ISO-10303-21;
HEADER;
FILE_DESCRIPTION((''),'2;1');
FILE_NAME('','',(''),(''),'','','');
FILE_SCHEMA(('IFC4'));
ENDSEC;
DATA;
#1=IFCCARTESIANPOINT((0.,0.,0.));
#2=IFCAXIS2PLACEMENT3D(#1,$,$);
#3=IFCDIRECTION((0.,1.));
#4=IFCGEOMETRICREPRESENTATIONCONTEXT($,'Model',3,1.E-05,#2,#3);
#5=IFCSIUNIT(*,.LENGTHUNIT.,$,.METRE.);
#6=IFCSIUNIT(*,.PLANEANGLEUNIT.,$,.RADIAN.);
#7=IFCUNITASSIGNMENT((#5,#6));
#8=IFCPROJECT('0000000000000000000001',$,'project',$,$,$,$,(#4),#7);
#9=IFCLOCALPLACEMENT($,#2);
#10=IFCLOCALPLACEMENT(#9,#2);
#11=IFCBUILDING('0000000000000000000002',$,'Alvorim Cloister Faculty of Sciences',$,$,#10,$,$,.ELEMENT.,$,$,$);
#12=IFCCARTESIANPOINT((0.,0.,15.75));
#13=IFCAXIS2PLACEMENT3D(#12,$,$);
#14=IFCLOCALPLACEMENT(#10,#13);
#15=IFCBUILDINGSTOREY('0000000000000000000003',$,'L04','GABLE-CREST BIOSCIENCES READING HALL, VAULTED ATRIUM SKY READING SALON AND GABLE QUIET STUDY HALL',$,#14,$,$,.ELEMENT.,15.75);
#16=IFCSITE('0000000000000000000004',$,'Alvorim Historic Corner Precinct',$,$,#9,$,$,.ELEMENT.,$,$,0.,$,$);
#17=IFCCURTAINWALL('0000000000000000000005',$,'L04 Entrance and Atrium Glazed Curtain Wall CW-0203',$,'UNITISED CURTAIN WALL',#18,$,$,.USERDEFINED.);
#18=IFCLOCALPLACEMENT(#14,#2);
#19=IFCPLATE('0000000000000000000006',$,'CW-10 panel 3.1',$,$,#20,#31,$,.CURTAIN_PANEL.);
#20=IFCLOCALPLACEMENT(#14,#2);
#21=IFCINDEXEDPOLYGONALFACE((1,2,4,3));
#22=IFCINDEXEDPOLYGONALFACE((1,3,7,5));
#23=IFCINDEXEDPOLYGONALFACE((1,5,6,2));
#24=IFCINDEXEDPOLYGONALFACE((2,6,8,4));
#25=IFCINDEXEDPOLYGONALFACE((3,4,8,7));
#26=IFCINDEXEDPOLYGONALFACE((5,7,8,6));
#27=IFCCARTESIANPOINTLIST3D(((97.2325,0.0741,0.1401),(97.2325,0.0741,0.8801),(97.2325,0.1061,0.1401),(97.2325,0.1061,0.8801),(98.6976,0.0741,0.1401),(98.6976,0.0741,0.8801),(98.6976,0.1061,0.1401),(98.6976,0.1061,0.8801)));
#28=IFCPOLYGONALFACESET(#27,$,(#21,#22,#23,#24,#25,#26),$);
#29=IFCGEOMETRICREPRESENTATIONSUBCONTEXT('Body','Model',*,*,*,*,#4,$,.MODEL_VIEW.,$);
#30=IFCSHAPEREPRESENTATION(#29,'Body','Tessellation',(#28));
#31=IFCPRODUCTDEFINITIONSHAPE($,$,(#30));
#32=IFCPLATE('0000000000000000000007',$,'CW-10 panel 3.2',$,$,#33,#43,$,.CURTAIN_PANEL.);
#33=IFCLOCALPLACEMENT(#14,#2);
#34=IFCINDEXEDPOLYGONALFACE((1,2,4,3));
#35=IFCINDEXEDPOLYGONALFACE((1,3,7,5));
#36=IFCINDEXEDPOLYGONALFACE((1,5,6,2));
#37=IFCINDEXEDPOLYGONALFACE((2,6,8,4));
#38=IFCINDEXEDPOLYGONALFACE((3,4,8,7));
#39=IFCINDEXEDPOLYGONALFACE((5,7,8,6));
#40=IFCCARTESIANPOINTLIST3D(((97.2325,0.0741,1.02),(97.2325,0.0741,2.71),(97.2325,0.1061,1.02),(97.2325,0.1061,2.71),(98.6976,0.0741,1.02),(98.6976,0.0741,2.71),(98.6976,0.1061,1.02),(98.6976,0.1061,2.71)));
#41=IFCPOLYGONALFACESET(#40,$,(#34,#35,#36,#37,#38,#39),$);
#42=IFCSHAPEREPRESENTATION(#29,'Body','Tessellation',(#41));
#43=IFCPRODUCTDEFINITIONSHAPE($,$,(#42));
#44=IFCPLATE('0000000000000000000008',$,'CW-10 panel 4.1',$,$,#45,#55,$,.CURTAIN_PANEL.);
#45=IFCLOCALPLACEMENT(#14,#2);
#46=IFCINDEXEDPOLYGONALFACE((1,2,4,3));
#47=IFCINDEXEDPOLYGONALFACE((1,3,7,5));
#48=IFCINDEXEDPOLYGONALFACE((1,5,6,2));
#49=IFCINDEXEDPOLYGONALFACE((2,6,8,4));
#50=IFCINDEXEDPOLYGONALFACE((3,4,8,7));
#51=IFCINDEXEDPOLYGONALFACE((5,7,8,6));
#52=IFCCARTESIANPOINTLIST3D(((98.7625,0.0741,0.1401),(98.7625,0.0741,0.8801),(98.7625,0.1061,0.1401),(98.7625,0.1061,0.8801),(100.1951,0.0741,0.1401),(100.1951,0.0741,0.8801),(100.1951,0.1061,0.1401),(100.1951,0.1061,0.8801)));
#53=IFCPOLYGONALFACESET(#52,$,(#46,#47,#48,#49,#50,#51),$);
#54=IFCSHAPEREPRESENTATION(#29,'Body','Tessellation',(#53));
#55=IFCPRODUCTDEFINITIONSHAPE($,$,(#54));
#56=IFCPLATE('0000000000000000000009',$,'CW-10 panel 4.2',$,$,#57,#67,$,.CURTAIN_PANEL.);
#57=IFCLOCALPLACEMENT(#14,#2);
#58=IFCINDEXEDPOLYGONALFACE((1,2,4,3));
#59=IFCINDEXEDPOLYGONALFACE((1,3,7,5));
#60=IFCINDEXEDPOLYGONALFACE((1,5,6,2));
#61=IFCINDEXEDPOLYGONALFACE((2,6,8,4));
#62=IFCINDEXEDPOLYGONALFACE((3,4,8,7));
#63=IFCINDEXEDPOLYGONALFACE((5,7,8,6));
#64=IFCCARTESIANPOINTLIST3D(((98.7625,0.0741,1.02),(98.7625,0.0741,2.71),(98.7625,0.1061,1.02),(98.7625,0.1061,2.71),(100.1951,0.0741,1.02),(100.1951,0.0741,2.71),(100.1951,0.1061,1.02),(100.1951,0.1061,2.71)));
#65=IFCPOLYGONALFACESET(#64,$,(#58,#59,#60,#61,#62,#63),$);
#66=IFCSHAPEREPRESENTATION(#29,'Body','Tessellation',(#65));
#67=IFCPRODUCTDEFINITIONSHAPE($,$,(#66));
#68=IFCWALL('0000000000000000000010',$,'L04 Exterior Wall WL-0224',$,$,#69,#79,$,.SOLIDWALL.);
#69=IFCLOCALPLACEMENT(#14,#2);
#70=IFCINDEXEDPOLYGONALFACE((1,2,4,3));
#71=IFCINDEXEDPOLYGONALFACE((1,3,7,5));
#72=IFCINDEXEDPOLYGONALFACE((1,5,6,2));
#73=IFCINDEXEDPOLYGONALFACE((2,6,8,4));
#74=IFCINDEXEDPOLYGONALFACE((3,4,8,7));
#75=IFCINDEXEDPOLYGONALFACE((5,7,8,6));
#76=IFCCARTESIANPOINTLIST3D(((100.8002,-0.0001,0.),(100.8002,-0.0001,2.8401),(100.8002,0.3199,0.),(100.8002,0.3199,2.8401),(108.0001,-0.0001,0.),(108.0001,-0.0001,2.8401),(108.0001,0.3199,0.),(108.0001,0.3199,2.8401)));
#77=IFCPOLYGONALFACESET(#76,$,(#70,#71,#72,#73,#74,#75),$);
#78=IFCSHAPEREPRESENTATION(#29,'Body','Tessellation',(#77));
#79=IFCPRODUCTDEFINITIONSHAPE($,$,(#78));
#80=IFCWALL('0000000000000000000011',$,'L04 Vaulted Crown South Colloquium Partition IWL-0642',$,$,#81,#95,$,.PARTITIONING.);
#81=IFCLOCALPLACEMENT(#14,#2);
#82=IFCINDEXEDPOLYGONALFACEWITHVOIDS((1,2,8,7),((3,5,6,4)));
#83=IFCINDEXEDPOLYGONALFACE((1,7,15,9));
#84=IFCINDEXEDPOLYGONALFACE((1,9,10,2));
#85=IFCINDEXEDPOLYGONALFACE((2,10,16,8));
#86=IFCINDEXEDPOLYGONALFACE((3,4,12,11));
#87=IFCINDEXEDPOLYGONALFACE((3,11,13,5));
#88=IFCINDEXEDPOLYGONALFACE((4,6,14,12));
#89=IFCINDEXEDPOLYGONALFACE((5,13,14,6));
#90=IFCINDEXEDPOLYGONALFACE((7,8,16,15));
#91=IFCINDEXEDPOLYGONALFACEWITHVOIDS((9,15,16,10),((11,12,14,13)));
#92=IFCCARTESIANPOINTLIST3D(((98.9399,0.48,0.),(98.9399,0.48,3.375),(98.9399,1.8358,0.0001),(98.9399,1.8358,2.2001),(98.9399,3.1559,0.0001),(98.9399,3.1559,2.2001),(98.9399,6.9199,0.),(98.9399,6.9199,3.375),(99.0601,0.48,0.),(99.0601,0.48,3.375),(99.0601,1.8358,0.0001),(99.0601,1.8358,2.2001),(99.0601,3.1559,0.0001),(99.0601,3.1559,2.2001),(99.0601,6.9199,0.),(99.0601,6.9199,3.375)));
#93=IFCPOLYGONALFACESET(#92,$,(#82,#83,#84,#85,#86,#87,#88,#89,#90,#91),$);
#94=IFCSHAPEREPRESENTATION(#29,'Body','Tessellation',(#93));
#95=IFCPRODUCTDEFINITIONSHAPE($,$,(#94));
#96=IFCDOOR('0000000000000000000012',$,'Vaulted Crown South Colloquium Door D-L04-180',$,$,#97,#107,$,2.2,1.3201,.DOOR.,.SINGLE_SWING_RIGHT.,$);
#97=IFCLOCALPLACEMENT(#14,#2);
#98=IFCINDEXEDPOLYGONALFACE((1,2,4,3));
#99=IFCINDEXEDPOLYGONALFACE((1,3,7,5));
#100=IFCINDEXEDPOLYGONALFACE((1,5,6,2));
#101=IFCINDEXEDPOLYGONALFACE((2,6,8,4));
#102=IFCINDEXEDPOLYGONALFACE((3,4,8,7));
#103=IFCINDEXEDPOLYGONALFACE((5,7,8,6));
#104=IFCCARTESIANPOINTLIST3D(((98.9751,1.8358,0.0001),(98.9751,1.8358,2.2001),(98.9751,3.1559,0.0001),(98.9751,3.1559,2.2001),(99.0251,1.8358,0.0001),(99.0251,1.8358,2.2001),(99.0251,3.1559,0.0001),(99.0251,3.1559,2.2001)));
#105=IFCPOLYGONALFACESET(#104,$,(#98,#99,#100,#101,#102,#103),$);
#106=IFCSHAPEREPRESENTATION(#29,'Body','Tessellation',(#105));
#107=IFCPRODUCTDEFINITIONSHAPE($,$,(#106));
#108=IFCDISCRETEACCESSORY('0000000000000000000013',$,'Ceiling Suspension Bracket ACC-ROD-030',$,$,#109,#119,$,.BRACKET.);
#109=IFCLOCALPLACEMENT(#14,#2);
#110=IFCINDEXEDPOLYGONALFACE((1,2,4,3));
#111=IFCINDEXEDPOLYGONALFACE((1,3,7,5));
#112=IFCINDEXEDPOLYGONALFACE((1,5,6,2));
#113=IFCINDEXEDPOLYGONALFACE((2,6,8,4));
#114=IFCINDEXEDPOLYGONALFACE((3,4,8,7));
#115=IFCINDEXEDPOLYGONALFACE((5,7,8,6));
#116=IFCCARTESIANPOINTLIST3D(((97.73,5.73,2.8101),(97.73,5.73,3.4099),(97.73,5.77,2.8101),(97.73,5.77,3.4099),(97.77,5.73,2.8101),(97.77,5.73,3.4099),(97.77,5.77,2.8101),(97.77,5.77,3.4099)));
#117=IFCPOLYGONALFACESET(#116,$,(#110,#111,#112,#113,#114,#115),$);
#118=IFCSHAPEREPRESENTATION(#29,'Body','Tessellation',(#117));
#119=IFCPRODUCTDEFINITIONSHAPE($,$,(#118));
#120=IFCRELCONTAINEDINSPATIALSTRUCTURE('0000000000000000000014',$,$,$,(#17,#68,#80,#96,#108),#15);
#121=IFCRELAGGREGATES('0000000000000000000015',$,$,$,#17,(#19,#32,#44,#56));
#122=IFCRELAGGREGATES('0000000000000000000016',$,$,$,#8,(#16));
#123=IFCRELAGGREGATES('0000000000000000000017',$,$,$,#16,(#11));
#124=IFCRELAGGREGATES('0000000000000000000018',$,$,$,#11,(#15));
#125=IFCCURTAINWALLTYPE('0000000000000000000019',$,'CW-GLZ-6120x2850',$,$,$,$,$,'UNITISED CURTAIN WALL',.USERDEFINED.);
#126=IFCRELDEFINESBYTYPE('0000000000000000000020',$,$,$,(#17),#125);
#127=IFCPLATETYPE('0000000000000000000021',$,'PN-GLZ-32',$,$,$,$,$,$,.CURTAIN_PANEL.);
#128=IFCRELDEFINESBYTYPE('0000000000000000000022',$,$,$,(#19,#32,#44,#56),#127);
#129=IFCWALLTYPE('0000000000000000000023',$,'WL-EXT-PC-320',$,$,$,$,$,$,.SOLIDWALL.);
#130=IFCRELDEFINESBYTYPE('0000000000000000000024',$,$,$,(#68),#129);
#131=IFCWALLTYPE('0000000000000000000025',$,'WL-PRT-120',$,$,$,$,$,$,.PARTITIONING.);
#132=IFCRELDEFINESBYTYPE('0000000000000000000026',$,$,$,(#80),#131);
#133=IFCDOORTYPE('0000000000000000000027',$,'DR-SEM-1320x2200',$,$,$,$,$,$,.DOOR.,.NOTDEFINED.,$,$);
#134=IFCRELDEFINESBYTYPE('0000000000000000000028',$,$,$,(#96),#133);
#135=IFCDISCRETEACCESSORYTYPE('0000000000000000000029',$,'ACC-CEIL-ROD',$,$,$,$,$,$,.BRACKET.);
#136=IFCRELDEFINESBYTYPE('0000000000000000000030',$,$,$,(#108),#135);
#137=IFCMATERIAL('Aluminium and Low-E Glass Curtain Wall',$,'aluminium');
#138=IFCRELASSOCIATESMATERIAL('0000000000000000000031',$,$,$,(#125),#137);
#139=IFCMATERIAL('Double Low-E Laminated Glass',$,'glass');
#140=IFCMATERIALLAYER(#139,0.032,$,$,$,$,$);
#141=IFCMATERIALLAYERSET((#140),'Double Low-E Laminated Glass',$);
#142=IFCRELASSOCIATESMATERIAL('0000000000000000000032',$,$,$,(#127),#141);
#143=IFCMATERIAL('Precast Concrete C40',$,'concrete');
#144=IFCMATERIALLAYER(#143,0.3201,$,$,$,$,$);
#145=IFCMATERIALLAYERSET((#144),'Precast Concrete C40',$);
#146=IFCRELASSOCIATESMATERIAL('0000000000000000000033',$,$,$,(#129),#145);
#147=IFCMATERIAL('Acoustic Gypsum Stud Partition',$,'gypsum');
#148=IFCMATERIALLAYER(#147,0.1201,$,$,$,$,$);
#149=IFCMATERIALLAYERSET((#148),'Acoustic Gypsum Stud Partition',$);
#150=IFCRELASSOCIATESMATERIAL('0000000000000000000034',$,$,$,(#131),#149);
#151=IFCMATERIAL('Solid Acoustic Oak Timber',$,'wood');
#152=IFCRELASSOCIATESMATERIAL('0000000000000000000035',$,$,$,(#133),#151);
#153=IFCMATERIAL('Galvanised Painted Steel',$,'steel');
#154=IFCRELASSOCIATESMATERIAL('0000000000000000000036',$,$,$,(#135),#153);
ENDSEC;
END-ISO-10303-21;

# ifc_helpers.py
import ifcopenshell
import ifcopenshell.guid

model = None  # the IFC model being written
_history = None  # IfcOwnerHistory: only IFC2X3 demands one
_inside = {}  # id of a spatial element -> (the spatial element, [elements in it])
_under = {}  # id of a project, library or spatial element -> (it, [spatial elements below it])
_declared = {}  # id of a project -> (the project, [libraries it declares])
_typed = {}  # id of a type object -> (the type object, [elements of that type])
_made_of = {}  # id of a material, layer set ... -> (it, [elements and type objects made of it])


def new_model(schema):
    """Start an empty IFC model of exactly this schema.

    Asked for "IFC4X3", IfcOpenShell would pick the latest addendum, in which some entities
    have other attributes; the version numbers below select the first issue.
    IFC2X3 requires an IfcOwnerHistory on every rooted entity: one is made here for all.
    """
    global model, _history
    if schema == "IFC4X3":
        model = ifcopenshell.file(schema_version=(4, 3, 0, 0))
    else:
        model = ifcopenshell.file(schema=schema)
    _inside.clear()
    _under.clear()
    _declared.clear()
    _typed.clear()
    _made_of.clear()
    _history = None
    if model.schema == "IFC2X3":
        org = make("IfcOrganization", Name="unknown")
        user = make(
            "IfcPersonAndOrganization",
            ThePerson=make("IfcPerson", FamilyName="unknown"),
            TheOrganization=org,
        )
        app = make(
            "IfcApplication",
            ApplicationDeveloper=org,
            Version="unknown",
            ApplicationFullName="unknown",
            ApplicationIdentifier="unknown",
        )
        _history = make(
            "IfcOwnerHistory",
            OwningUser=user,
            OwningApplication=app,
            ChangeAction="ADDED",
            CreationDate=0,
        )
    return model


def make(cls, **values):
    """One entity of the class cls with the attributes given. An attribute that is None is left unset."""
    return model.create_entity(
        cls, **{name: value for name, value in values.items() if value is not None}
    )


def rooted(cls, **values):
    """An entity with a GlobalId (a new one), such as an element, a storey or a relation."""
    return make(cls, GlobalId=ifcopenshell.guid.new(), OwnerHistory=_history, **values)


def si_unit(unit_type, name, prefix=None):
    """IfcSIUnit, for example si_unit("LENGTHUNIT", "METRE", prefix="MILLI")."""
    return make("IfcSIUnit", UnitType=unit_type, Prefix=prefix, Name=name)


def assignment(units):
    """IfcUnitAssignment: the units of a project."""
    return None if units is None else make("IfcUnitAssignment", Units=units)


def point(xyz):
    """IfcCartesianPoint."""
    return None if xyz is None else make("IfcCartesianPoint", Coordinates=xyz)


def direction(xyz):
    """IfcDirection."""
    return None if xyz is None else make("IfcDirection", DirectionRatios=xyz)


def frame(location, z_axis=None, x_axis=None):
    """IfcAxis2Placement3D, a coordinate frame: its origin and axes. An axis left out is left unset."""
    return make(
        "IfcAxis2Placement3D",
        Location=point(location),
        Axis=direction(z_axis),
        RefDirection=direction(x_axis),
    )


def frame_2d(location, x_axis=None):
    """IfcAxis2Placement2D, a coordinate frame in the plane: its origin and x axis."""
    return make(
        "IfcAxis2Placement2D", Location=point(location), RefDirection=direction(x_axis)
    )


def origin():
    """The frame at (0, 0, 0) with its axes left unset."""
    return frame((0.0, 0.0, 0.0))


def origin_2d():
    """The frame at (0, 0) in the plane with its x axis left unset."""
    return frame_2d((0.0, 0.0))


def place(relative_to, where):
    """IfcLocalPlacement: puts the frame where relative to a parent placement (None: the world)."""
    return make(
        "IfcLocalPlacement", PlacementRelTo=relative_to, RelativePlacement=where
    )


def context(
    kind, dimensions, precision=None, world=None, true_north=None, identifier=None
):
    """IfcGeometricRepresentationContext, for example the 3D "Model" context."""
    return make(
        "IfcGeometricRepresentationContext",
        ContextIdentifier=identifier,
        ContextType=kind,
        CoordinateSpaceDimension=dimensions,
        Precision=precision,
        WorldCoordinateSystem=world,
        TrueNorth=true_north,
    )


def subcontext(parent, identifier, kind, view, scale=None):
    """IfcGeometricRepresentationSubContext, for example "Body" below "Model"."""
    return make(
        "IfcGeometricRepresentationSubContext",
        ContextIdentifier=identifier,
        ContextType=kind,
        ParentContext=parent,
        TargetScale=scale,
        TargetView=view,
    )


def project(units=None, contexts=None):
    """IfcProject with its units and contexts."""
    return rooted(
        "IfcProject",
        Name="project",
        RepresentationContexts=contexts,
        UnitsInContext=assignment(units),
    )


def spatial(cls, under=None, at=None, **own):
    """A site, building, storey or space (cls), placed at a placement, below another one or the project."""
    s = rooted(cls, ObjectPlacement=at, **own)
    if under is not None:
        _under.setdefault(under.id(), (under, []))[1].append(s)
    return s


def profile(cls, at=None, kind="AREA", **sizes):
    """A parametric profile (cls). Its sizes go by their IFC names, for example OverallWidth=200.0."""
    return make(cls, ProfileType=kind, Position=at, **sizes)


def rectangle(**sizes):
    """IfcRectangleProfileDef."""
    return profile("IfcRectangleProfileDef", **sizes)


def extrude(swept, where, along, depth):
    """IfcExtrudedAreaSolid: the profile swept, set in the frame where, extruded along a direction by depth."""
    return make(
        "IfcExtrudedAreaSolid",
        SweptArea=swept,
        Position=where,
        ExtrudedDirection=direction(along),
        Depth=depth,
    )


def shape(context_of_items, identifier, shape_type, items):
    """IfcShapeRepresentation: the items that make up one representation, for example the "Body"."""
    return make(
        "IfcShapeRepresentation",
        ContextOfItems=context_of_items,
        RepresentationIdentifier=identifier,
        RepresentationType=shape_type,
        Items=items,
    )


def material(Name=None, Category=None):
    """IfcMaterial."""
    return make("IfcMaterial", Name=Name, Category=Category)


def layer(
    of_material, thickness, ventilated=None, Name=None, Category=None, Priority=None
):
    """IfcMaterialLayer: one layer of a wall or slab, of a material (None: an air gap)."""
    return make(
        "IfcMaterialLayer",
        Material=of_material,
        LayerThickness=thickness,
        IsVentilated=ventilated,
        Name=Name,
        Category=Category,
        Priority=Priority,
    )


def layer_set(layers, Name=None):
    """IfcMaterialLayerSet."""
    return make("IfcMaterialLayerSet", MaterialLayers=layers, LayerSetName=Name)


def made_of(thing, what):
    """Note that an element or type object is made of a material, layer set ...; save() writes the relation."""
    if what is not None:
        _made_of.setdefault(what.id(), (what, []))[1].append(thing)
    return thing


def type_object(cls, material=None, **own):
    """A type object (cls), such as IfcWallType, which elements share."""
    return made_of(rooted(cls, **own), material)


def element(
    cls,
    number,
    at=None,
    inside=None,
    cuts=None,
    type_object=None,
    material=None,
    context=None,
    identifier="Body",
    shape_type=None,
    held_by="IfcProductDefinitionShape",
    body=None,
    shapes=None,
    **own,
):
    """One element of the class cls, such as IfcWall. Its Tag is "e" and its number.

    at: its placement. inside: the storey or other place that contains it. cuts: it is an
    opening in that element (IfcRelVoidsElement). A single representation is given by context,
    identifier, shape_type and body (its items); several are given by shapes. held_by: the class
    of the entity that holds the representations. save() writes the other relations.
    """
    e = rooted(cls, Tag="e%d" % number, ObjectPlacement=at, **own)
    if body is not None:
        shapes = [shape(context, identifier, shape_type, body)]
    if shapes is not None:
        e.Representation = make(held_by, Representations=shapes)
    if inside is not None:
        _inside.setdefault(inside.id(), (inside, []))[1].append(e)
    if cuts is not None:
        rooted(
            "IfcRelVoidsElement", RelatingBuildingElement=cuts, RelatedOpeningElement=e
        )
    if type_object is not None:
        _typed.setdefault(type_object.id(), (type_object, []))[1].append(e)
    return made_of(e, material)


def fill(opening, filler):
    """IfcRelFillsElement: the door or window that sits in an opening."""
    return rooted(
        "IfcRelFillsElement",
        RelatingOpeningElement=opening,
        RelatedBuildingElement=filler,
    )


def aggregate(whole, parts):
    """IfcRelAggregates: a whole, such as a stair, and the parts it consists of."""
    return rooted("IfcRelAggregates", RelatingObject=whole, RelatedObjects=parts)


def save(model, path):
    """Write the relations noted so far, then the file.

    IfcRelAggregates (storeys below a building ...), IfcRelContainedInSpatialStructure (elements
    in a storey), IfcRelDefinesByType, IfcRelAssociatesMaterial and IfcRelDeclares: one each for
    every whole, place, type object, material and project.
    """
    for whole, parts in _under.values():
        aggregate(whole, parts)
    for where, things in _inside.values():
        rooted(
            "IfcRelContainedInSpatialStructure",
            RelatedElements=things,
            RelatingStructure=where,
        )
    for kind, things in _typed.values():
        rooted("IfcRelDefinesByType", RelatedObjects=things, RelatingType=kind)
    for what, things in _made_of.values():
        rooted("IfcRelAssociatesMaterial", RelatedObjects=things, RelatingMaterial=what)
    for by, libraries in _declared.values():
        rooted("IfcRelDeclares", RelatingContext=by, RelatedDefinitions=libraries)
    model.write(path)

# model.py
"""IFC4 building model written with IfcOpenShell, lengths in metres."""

from ifc_helpers import new_model, si_unit, direction, frame, frame_2d, origin, origin_2d, place, context, subcontext, project, spatial, rectangle, extrude, material, layer, layer_set, type_object, element, fill, aggregate, save


model = new_model("IFC4")

# Units and contexts
model_context = context("Model", 3, precision=1e-05, world=origin(), true_north=direction((0.0, 1.0)))
body_context = subcontext(model_context, "Body", "Model", "MODEL_VIEW")
ifc_project = project(units=[si_unit("LENGTHUNIT", "METRE"), si_unit("PLANEANGLEUNIT", "RADIAN")], contexts=[model_context])

# Site, building, storey
site_placement = place(None, origin())
site = spatial("IfcSite", under=ifc_project, at=site_placement, Name="Alvorim Historic Corner Precinct", CompositionType="ELEMENT", RefElevation=0.0)
building_placement = place(site_placement, origin())
building = spatial("IfcBuilding", under=site, at=building_placement, Name="Alvorim Cloister Faculty of Sciences", CompositionType="ELEMENT")
storey_placement = place(building_placement, frame((0.0, 0.0, 15.75)))
storey = spatial("IfcBuildingStorey", under=building, at=storey_placement, Name="L04", Description="GABLE-CREST BIOSCIENCES READING HALL, VAULTED ATRIUM SKY READING SALON AND GABLE QUIET STUDY HALL", CompositionType="ELEMENT", Elevation=15.75)

# Curtain wall, plates
ifc_material_1 = material(Name="Aluminium and Low-E Glass Curtain Wall", Category="aluminium")
curtain_wall_type = type_object("IfcCurtainWallType", Name="CW-GLZ-6120x2850", ElementType="UNITISED CURTAIN WALL", PredefinedType="USERDEFINED", material=ifc_material_1)
curtain_wall_placement = place(storey_placement, origin())
curtain_wall = element("IfcCurtainWall", 1, at=curtain_wall_placement, inside=storey, type_object=curtain_wall_type, Name="L04 Entrance and Atrium Glazed Curtain Wall CW-0203", ObjectType="UNITISED CURTAIN WALL", PredefinedType="USERDEFINED")
ifc_material_2 = material(Name="Double Low-E Laminated Glass", Category="glass")
ifc_layer_1 = layer(ifc_material_2, 0.032)
ifc_layer_set_1 = layer_set([ifc_layer_1], Name="Double Low-E Laminated Glass")
plate_type = type_object("IfcPlateType", Name="PN-GLZ-32", PredefinedType="CURTAIN_PANEL", material=ifc_layer_set_1)
plate_1_placement = place(storey_placement, frame((97.9651, 0.0901, 0.1401), z_axis=(0.0, 0.0, 1.0), x_axis=(1.0, 0.0, 0.0)))
plate_1 = element("IfcPlate", 2, at=plate_1_placement, type_object=plate_type, Name="CW-10 panel 3.1", PredefinedType="CURTAIN_PANEL", context=body_context, shape_type="SweptSolid", body=[
    extrude(rectangle(XDim=1.4651, YDim=0.032, at=origin_2d()), origin(), (0.0, 0.0, 1.0), 0.74),
])
plate_2_placement = place(storey_placement, frame((97.9651, 0.0901, 1.02), z_axis=(0.0, 0.0, 1.0), x_axis=(1.0, 0.0, 0.0)))
plate_2 = element("IfcPlate", 3, at=plate_2_placement, type_object=plate_type, Name="CW-10 panel 3.2", PredefinedType="CURTAIN_PANEL", context=body_context, shape_type="SweptSolid", body=[
    extrude(rectangle(XDim=1.4651, YDim=0.032, at=origin_2d()), origin(), (0.0, 0.0, 1.0), 1.6899),
])
plate_3_placement = place(storey_placement, frame((99.4788, 0.0901, 0.1401), z_axis=(0.0, 0.0, 1.0), x_axis=(1.0, 0.0, 0.0)))
plate_3 = element("IfcPlate", 4, at=plate_3_placement, type_object=plate_type, Name="CW-10 panel 4.1", PredefinedType="CURTAIN_PANEL", context=body_context, shape_type="SweptSolid", body=[
    extrude(rectangle(XDim=1.4326, YDim=0.032, at=origin_2d()), origin(), (0.0, 0.0, 1.0), 0.74),
])
plate_4_placement = place(storey_placement, frame((99.4788, 0.0901, 1.02), z_axis=(0.0, 0.0, 1.0), x_axis=(1.0, 0.0, 0.0)))
plate_4 = element("IfcPlate", 5, at=plate_4_placement, type_object=plate_type, Name="CW-10 panel 4.2", PredefinedType="CURTAIN_PANEL", context=body_context, shape_type="SweptSolid", body=[
    extrude(rectangle(XDim=1.4326, YDim=0.032, at=origin_2d()), origin(), (0.0, 0.0, 1.0), 1.6899),
])
aggregate(curtain_wall, [plate_1, plate_2, plate_3, plate_4])

# Wall
ifc_material_3 = material(Name="Precast Concrete C40", Category="concrete")
ifc_layer_2 = layer(ifc_material_3, 0.3201)
ifc_layer_set_2 = layer_set([ifc_layer_2], Name="Precast Concrete C40")
wall_type_1 = type_object("IfcWallType", Name="WL-EXT-PC-320", PredefinedType="SOLIDWALL", material=ifc_layer_set_2)
wall_1_placement = place(storey_placement, frame((100.8, 0.1599, 0.0), z_axis=(0.0, 0.0, 1.0), x_axis=(1.0, 0.0, 0.0)))
element("IfcWall", 6, at=wall_1_placement, inside=storey, type_object=wall_type_1, Name="L04 Exterior Wall WL-0224", PredefinedType="SOLIDWALL", context=body_context, shape_type="SweptSolid", body=[
    extrude(rectangle(XDim=7.2, YDim=0.3201, at=frame_2d((3.6001, 0.0))), origin(), (0.0, 0.0, 1.0), 2.8401),
])

# Wall, opening, door
ifc_material_4 = material(Name="Acoustic Gypsum Stud Partition", Category="gypsum")
ifc_layer_3 = layer(ifc_material_4, 0.1201)
ifc_layer_set_3 = layer_set([ifc_layer_3], Name="Acoustic Gypsum Stud Partition")
wall_type_2 = type_object("IfcWallType", Name="WL-PRT-120", PredefinedType="PARTITIONING", material=ifc_layer_set_3)
wall_2_placement = place(storey_placement, frame((99.0, 0.48, 0.0), z_axis=(0.0, 0.0, 1.0), x_axis=(0.0, 1.0, 0.0)))
wall_2 = element("IfcWall", 7, at=wall_2_placement, inside=storey, type_object=wall_type_2, Name="L04 Vaulted Crown South Colloquium Partition IWL-0642", PredefinedType="PARTITIONING", context=body_context, shape_type="SweptSolid", body=[
    extrude(rectangle(XDim=6.4399, YDim=0.1201, at=frame_2d((3.22, 0.0))), origin(), (0.0, 0.0, 1.0), 3.375),
])
opening_placement = place(wall_2_placement, frame((1.3557, 0.0, 0.0)))
opening = element("IfcOpeningElement", 8, at=opening_placement, cuts=wall_2, PredefinedType="OPENING", context=body_context, shape_type="SweptSolid", body=[
    extrude(rectangle(XDim=1.3201, YDim=2.2, at=frame_2d((0.6602, 1.1001))), frame((0.0, 0.072, 0.0), z_axis=(0.0, -1.0, 0.0), x_axis=(1.0, 0.0, 0.0)), (0.0, 0.0, 1.0), 0.144),
])
ifc_material_5 = material(Name="Solid Acoustic Oak Timber", Category="wood")
door_type = type_object("IfcDoorType", Name="DR-SEM-1320x2200", OperationType="NOTDEFINED", PredefinedType="DOOR", material=ifc_material_5)
door_placement = place(opening_placement, origin())
door = element("IfcDoor", 9, at=door_placement, inside=storey, type_object=door_type, Name="Vaulted Crown South Colloquium Door D-L04-180", OperationType="SINGLE_SWING_RIGHT", OverallHeight=2.2, OverallWidth=1.3201, PredefinedType="DOOR", context=body_context, shape_type="SweptSolid", body=[
    extrude(rectangle(XDim=1.3201, YDim=2.2, at=frame_2d((0.6602, 1.1001))), frame((0.0, 0.0249, 0.0), z_axis=(0.0, -1.0, 0.0), x_axis=(1.0, 0.0, 0.0)), (0.0, 0.0, 1.0), 0.05),
])
fill(opening, door)

# Discrete accessory
ifc_material_6 = material(Name="Galvanised Painted Steel", Category="steel")
discrete_accessory_type = type_object("IfcDiscreteAccessoryType", Name="ACC-CEIL-ROD", PredefinedType="BRACKET", material=ifc_material_6)
discrete_accessory_placement = place(storey_placement, frame((97.75, 5.75, 2.8101), z_axis=(0.0, 0.0, 1.0), x_axis=(1.0, 0.0, 0.0)))
element("IfcDiscreteAccessory", 10, at=discrete_accessory_placement, inside=storey, type_object=discrete_accessory_type, Name="Ceiling Suspension Bracket ACC-ROD-030", PredefinedType="BRACKET", context=body_context, shape_type="SweptSolid", body=[
    extrude(rectangle(XDim=0.04, YDim=0.04, at=origin_2d()), origin(), (0.0, 0.0, 1.0), 0.5999),
])

save(model, "model.ifc")
